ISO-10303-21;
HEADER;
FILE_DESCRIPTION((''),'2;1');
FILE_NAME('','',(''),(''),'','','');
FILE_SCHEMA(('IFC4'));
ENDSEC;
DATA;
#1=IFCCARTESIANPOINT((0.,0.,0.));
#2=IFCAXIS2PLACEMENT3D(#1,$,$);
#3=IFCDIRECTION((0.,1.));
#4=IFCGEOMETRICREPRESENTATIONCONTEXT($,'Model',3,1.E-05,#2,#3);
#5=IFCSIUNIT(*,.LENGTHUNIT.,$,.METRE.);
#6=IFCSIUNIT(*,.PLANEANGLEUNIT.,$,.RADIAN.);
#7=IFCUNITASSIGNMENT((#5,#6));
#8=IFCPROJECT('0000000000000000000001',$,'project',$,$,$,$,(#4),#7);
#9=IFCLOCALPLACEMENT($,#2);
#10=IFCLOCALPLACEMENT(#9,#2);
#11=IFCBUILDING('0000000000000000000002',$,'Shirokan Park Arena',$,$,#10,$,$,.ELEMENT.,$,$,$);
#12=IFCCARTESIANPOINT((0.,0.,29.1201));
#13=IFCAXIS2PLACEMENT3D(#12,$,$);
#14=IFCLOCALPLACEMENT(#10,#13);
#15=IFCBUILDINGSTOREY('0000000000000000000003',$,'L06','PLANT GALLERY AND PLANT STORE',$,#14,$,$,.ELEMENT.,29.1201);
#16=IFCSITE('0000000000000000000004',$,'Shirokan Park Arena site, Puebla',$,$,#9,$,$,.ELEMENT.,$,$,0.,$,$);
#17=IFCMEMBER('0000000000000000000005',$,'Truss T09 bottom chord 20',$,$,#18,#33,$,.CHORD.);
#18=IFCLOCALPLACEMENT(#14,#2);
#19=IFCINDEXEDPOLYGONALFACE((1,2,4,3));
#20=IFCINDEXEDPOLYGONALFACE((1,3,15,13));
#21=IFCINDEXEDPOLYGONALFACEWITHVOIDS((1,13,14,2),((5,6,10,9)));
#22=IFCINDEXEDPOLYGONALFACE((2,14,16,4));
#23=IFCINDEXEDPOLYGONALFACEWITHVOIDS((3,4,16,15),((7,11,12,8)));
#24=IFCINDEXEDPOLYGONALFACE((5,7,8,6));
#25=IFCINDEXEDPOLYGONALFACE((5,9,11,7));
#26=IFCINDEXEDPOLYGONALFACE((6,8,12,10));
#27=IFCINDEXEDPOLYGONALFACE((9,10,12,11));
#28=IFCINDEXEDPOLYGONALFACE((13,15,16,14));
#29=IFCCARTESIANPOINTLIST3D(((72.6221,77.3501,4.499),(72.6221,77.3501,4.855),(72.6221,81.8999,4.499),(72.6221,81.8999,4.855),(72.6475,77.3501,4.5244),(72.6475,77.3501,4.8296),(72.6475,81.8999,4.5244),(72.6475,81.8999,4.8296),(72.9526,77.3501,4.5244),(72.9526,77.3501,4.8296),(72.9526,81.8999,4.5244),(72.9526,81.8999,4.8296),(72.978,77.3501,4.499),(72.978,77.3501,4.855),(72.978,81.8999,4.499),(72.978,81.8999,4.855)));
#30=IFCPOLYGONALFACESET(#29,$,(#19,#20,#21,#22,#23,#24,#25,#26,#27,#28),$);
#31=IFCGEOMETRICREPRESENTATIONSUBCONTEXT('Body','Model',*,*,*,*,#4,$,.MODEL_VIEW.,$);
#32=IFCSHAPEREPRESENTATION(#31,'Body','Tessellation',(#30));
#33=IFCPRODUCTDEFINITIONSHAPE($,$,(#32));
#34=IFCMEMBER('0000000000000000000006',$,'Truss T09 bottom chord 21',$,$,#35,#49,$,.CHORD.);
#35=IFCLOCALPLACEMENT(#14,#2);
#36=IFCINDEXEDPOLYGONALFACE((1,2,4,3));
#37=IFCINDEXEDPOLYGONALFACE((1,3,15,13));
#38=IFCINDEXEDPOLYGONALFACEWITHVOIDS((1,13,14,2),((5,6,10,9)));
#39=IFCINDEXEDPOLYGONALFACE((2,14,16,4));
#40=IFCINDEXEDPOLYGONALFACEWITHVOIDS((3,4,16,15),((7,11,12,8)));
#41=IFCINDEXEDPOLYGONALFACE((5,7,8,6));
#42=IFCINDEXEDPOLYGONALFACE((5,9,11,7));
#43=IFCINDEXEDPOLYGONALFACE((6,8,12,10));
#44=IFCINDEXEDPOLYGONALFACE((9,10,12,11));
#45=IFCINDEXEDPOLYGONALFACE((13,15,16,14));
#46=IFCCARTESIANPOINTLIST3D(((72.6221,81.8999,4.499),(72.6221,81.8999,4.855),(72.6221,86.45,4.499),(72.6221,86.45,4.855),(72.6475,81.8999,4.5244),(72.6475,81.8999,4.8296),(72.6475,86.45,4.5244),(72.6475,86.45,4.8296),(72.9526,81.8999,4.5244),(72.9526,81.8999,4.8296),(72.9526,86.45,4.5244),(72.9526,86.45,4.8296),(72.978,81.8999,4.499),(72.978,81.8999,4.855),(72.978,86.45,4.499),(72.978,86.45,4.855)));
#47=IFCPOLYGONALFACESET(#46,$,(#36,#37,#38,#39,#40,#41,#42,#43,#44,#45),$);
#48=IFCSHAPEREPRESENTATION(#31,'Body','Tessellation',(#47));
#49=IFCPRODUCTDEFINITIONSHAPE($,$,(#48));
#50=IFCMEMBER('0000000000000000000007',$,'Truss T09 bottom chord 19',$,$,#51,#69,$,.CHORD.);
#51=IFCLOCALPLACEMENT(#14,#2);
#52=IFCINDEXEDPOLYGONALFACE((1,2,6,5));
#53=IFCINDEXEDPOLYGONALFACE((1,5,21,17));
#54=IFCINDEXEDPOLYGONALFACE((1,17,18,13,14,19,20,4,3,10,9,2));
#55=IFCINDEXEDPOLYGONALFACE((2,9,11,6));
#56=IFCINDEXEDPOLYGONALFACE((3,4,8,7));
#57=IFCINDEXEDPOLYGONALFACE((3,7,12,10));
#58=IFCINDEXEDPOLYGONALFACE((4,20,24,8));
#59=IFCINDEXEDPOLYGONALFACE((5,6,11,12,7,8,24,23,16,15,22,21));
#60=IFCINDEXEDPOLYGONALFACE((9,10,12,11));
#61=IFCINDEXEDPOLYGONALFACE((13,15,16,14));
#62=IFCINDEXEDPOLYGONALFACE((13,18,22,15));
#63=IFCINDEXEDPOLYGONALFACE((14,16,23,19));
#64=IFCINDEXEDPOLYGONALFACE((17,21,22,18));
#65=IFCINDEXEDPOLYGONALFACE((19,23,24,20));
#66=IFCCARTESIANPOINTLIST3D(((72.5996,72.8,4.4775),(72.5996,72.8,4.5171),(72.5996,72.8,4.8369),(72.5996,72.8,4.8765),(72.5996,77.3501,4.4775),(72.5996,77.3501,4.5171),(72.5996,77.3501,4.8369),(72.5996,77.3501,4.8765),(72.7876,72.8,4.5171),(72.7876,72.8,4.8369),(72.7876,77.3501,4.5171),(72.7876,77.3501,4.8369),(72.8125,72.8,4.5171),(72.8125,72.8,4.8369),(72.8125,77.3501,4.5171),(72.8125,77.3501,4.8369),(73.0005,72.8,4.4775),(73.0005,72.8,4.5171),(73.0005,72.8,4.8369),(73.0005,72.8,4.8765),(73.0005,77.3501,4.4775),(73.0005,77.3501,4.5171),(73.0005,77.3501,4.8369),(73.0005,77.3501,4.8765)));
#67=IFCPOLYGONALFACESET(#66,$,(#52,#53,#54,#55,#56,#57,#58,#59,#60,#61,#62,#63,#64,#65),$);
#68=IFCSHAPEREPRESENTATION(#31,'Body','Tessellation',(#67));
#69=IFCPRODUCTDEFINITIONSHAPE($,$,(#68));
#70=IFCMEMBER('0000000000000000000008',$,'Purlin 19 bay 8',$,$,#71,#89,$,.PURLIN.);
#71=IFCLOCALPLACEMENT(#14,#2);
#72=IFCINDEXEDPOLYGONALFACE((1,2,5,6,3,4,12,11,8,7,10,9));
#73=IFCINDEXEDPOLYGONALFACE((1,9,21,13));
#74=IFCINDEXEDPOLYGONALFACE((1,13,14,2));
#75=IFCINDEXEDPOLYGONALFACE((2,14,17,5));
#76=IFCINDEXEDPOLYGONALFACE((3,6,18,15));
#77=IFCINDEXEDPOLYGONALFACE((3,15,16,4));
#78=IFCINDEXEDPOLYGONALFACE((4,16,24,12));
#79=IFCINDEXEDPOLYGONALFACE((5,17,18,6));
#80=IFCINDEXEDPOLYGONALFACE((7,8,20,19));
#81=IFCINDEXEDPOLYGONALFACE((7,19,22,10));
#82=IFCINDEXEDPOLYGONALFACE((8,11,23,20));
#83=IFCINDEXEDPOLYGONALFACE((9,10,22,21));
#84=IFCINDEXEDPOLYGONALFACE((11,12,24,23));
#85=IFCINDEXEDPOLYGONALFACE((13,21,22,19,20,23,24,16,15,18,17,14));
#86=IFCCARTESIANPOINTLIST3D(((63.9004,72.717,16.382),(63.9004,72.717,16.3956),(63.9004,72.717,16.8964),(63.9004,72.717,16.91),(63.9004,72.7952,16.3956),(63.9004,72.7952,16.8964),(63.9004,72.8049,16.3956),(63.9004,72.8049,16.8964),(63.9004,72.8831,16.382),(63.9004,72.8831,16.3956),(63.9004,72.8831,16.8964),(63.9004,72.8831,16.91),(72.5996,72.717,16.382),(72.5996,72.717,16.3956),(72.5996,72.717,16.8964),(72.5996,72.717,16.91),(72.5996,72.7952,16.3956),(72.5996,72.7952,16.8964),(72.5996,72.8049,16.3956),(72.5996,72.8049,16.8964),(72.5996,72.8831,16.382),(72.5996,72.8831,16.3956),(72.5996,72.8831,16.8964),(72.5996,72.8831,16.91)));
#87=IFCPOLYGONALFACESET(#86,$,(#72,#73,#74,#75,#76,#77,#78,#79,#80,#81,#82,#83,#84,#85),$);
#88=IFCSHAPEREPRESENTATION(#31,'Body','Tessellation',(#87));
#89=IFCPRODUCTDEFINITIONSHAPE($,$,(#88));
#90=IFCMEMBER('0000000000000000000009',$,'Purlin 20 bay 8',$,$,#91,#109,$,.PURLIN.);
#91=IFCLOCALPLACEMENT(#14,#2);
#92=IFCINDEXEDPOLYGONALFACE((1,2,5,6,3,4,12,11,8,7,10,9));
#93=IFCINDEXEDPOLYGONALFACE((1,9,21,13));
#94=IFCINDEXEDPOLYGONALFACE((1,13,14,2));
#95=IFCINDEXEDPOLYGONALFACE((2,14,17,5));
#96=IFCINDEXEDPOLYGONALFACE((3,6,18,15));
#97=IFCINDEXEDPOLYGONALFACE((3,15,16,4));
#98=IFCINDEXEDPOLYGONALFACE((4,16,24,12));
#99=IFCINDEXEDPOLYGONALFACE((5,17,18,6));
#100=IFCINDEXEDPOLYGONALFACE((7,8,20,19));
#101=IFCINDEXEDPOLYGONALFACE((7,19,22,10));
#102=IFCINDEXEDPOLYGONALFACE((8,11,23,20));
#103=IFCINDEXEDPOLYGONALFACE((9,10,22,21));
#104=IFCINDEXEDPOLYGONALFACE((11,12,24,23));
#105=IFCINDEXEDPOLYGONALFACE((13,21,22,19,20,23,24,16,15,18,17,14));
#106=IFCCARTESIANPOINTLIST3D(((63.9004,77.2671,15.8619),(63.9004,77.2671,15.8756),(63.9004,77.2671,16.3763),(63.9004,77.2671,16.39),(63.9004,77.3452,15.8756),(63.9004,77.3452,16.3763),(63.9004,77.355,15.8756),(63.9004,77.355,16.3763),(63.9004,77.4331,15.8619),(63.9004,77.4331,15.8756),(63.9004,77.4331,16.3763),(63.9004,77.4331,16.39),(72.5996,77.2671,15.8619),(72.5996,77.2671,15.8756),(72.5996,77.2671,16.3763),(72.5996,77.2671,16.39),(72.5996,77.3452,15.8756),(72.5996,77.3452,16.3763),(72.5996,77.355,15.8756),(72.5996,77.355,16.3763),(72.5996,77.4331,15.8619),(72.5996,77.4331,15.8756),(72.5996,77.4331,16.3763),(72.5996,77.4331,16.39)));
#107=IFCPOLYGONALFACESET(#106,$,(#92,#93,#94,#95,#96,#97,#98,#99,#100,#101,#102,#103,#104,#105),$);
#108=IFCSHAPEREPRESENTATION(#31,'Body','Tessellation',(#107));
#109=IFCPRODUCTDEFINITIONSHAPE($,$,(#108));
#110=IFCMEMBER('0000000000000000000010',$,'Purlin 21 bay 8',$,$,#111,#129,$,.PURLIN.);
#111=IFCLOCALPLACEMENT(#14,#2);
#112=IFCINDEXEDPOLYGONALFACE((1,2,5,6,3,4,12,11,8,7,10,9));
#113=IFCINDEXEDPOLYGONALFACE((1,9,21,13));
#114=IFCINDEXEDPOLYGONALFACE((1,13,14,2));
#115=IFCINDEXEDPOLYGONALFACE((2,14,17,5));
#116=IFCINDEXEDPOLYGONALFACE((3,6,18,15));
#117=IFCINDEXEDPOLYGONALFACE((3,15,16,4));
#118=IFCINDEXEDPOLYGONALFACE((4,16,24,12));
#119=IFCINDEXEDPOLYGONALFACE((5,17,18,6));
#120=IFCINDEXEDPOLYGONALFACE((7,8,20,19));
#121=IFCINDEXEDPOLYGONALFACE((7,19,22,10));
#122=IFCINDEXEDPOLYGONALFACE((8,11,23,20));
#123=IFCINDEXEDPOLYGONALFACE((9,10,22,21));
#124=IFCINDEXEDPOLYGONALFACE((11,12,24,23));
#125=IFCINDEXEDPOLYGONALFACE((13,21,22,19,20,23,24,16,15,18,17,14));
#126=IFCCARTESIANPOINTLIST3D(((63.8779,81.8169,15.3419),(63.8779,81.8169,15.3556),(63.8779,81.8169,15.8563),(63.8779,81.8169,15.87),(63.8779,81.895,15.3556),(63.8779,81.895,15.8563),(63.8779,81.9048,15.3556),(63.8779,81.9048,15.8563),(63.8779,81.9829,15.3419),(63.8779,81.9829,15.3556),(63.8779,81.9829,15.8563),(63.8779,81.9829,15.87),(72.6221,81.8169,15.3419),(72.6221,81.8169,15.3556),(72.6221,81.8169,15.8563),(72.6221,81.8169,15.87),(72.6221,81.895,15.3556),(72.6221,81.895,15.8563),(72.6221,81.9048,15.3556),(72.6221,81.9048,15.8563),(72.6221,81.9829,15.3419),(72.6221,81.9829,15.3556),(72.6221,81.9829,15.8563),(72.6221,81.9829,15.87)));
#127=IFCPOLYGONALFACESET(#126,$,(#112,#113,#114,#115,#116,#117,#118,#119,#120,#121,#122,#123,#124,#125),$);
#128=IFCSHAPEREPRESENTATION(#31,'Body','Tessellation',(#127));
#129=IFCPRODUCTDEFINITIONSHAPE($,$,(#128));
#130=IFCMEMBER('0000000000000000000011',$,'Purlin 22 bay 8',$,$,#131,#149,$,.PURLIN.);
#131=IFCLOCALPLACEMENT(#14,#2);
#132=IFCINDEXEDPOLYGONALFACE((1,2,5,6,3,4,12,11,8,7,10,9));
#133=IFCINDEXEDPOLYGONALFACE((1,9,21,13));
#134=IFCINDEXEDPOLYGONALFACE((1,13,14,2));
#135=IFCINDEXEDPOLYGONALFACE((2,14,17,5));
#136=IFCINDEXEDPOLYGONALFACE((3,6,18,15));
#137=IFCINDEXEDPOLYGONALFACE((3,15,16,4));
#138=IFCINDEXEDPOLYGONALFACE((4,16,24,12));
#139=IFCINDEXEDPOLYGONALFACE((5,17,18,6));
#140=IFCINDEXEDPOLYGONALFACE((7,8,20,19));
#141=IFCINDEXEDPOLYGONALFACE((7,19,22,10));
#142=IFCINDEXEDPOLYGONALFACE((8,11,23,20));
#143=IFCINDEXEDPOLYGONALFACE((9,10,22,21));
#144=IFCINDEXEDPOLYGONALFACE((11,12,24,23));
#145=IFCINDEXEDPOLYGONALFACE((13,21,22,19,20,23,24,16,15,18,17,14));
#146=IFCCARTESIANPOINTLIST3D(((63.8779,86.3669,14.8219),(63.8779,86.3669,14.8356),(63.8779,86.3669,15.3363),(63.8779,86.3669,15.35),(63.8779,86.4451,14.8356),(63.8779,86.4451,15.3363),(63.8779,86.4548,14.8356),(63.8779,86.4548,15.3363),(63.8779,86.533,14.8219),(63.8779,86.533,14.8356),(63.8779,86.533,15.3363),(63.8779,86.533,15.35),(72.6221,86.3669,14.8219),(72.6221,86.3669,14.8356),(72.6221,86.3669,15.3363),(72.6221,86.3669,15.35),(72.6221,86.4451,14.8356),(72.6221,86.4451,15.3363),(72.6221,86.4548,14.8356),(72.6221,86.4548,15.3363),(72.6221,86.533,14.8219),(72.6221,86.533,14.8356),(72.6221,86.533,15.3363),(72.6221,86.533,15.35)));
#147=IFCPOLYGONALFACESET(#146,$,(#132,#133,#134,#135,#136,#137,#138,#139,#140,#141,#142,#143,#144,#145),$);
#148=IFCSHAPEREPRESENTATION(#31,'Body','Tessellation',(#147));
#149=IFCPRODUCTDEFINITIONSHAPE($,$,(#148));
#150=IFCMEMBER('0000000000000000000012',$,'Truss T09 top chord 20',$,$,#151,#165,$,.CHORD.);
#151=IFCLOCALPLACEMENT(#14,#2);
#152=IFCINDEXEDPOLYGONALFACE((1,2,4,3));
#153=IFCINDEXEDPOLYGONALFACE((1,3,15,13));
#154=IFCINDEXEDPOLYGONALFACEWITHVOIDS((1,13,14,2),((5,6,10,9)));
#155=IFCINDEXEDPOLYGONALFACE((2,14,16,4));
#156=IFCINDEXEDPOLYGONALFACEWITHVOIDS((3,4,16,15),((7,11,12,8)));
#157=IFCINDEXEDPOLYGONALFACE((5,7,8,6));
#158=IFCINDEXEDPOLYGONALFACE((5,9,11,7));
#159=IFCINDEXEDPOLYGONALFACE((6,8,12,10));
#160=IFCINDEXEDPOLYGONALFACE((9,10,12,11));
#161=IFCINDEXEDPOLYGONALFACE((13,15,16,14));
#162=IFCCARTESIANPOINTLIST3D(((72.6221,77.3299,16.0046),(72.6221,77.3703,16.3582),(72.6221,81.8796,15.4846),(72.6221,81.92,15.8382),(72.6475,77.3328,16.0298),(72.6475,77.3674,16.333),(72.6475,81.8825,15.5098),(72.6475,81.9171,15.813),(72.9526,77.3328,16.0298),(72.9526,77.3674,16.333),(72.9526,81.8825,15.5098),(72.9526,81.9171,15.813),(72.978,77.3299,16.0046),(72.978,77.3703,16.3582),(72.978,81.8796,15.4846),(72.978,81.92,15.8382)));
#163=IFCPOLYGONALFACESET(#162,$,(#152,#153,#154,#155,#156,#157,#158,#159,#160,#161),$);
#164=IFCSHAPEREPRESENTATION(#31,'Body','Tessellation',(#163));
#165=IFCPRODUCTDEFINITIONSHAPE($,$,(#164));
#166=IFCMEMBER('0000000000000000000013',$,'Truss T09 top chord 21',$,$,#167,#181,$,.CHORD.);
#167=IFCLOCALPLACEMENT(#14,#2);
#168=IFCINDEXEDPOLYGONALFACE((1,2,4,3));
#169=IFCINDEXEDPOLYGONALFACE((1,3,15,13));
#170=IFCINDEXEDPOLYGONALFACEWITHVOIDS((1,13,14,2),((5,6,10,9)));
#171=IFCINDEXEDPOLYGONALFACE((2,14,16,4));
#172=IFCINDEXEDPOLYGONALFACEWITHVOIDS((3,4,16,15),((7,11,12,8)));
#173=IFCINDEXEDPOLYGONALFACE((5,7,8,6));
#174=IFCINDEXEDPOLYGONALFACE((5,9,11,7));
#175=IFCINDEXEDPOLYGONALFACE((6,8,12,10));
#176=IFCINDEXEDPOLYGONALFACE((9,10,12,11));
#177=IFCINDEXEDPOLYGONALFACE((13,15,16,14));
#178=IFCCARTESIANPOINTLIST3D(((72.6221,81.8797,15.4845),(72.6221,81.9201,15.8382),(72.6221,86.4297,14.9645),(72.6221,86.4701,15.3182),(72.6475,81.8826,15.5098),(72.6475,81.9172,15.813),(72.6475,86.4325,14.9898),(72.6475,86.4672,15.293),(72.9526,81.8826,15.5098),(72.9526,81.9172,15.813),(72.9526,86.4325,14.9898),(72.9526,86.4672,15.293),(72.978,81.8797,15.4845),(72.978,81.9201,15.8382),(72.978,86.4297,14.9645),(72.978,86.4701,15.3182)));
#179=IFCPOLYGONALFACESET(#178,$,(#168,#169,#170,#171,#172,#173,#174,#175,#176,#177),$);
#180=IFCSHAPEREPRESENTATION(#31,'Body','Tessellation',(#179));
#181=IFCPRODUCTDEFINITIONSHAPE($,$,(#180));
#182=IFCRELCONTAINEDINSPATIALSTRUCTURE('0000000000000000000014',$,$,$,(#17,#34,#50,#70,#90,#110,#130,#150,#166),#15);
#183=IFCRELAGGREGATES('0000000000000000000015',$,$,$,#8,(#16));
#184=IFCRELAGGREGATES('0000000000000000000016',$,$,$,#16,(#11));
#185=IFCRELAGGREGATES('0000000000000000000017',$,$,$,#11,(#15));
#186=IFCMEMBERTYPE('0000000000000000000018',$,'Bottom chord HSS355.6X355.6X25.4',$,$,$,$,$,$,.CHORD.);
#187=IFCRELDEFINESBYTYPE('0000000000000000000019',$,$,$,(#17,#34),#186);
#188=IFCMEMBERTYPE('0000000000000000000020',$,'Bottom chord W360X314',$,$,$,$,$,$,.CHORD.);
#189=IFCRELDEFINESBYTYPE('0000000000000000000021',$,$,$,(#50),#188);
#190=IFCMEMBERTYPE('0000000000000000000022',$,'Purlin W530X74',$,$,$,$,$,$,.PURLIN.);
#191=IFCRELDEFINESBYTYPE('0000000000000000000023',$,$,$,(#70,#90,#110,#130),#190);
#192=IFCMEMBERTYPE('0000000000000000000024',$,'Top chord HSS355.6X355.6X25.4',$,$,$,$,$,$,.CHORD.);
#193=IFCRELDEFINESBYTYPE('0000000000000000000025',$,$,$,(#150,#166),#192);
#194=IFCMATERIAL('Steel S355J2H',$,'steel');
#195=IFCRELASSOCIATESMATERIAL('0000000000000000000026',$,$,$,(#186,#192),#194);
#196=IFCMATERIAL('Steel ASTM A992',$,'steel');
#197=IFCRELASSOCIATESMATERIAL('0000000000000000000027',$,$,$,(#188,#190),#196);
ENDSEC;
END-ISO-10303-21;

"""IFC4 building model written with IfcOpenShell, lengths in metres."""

from ifc_helpers import new_model, si_unit, direction, frame, origin, origin_2d, place, context, subcontext, project, spatial, hollow_rectangle, i_section, extrude, material, material_profile, profile_set, type_object, element, save


model = new_model("IFC4")

# Units and contexts
model_context = context("Model", 3, precision=1e-05, world=origin(), true_north=direction((0.0, 1.0)))
body_context = subcontext(model_context, "Body", "Model", "MODEL_VIEW")
ifc_project = project(units=[si_unit("LENGTHUNIT", "METRE"), si_unit("PLANEANGLEUNIT", "RADIAN")], contexts=[model_context])

# Site, building, storey
site_placement = place(None, origin())
site = spatial("IfcSite", under=ifc_project, at=site_placement, Name="Shirokan Park Arena site, Puebla", CompositionType="ELEMENT", RefElevation=0.0)
building_placement = place(site_placement, origin())
building = spatial("IfcBuilding", under=site, at=building_placement, Name="Shirokan Park Arena", CompositionType="ELEMENT")
storey_placement = place(building_placement, frame((0.0, 0.0, 29.1201)))
storey = spatial("IfcBuildingStorey", under=building, at=storey_placement, Name="L06", Description="PLANT GALLERY AND PLANT STORE", CompositionType="ELEMENT", Elevation=29.1201)

# Members
ifc_material_1 = material(Name="Steel S355J2H", Category="steel")
ifc_material_profile_1 = material_profile(ifc_material_1, hollow_rectangle(XDim=0.356, YDim=0.356, WallThickness=0.0254, at=origin_2d()), Name="HSS355.6X355.6X25.4")
ifc_profile_set_1 = profile_set([ifc_material_profile_1], Name="Steel S355J2H")
member_type_1 = type_object("IfcMemberType", Name="Bottom chord HSS355.6X355.6X25.4", PredefinedType="CHORD", material=ifc_profile_set_1)
member_1_placement = place(storey_placement, frame((72.8, 77.3501, 4.677), z_axis=(0.0, 1.0, 0.0), x_axis=(-1.0, 0.0, 0.0)))
element("IfcMember", 1, at=member_1_placement, inside=storey, type_object=member_type_1, Name="Truss T09 bottom chord 20", PredefinedType="CHORD", context=body_context, shape_type="SweptSolid", body=[
    extrude(hollow_rectangle(XDim=0.356, YDim=0.356, WallThickness=0.0254, at=origin_2d()), origin(), (0.0, 0.0, 1.0), 4.5498),
])
member_2_placement = place(storey_placement, frame((72.8, 81.8999, 4.677), z_axis=(0.0, 1.0, 0.0), x_axis=(-1.0, 0.0, 0.0)))
element("IfcMember", 2, at=member_2_placement, inside=storey, type_object=member_type_1, Name="Truss T09 bottom chord 21", PredefinedType="CHORD", context=body_context, shape_type="SweptSolid", body=[
    extrude(hollow_rectangle(XDim=0.356, YDim=0.356, WallThickness=0.0254, at=origin_2d()), origin(), (0.0, 0.0, 1.0), 4.55),
])
ifc_material_2 = material(Name="Steel ASTM A992", Category="steel")
ifc_material_profile_2 = material_profile(ifc_material_2, i_section(OverallWidth=0.4009, OverallDepth=0.3989, WebThickness=0.0249, FlangeThickness=0.0396, at=origin_2d()), Name="W360X314")
ifc_profile_set_2 = profile_set([ifc_material_profile_2], Name="Steel ASTM A992")
member_type_2 = type_object("IfcMemberType", Name="Bottom chord W360X314", PredefinedType="CHORD", material=ifc_profile_set_2)
member_3_placement = place(storey_placement, frame((72.8, 72.8, 4.677), z_axis=(0.0, 1.0, 0.0), x_axis=(-1.0, 0.0, 0.0)))
element("IfcMember", 3, at=member_3_placement, inside=storey, type_object=member_type_2, Name="Truss T09 bottom chord 19", PredefinedType="CHORD", context=body_context, shape_type="SweptSolid", body=[
    extrude(i_section(OverallWidth=0.4009, OverallDepth=0.3989, WebThickness=0.0249, FlangeThickness=0.0396, at=origin_2d()), origin(), (0.0, 0.0, 1.0), 4.55),
])
ifc_material_profile_3 = material_profile(ifc_material_2, i_section(OverallWidth=0.166, OverallDepth=0.5281, WebThickness=0.0098, FlangeThickness=0.0137, at=origin_2d()), Name="W530X74")
ifc_profile_set_3 = profile_set([ifc_material_profile_3], Name="Steel ASTM A992")
member_type_3 = type_object("IfcMemberType", Name="Purlin W530X74", PredefinedType="PURLIN", material=ifc_profile_set_3)
for number, where, z_axis, x_axis, name in (
    (4, (63.9004, 72.8, 16.646), (1.0, 0.0, 0.0), (0.0, 1.0, 0.0), "Purlin 19 bay 8"),
    (5, (63.9004, 77.3501, 16.126), (1.0, 0.0, 0.0), (0.0, 1.0, 0.0), "Purlin 20 bay 8"),
):
    element("IfcMember", number, at=place(storey_placement, frame(where, z_axis=z_axis, x_axis=x_axis)), inside=storey, type_object=member_type_3, Name=name, PredefinedType="PURLIN", context=body_context, shape_type="SweptSolid", body=[
        extrude(i_section(OverallWidth=0.166, OverallDepth=0.5281, WebThickness=0.0098, FlangeThickness=0.0137, at=origin_2d()), origin(), (0.0, 0.0, 1.0), 8.6992),
    ])
for number, where, z_axis, x_axis, name in (
    (6, (63.8779, 81.8999, 15.606), (1.0, 0.0, 0.0), (0.0, 1.0, 0.0), "Purlin 21 bay 8"),
    (7, (63.8779, 86.45, 15.0859), (1.0, 0.0, 0.0), (0.0, 1.0, 0.0), "Purlin 22 bay 8"),
):
    element("IfcMember", number, at=place(storey_placement, frame(where, z_axis=z_axis, x_axis=x_axis)), inside=storey, type_object=member_type_3, Name=name, PredefinedType="PURLIN", context=body_context, shape_type="SweptSolid", body=[
        extrude(i_section(OverallWidth=0.166, OverallDepth=0.5281, WebThickness=0.0098, FlangeThickness=0.0137, at=origin_2d()), origin(), (0.0, 0.0, 1.0), 8.7441),
    ])
ifc_material_profile_4 = material_profile(ifc_material_1, hollow_rectangle(XDim=0.356, YDim=0.356, WallThickness=0.0254, at=origin_2d()), Name="HSS355.6X355.6X25.4")
ifc_profile_set_4 = profile_set([ifc_material_profile_4], Name="Steel S355J2H")
member_type_4 = type_object("IfcMemberType", Name="Top chord HSS355.6X355.6X25.4", PredefinedType="CHORD", material=ifc_profile_set_4)
member_4_placement = place(storey_placement, frame((72.8, 77.3501, 16.1814), z_axis=(0.0, 0.993532, -0.113556), x_axis=(-1.0, 0.0, 0.0)))
element("IfcMember", 8, at=member_4_placement, inside=storey, type_object=member_type_4, Name="Truss T09 top chord 20", PredefinedType="CHORD", context=body_context, shape_type="SweptSolid", body=[
    extrude(hollow_rectangle(XDim=0.356, YDim=0.356, WallThickness=0.0254, at=origin_2d()), origin(), (0.0, 0.0, 1.0), 4.5793),
])
member_5_placement = place(storey_placement, frame((72.8, 81.8999, 15.6614), z_axis=(0.0, 0.993532, -0.11355), x_axis=(-1.0, 0.0, 0.0)))
element("IfcMember", 9, at=member_5_placement, inside=storey, type_object=member_type_4, Name="Truss T09 top chord 21", PredefinedType="CHORD", context=body_context, shape_type="SweptSolid", body=[
    extrude(hollow_rectangle(XDim=0.356, YDim=0.356, WallThickness=0.0254, at=origin_2d()), origin(), (0.0, 0.0, 1.0), 4.5796),
])

save(model, "model.ifc")
